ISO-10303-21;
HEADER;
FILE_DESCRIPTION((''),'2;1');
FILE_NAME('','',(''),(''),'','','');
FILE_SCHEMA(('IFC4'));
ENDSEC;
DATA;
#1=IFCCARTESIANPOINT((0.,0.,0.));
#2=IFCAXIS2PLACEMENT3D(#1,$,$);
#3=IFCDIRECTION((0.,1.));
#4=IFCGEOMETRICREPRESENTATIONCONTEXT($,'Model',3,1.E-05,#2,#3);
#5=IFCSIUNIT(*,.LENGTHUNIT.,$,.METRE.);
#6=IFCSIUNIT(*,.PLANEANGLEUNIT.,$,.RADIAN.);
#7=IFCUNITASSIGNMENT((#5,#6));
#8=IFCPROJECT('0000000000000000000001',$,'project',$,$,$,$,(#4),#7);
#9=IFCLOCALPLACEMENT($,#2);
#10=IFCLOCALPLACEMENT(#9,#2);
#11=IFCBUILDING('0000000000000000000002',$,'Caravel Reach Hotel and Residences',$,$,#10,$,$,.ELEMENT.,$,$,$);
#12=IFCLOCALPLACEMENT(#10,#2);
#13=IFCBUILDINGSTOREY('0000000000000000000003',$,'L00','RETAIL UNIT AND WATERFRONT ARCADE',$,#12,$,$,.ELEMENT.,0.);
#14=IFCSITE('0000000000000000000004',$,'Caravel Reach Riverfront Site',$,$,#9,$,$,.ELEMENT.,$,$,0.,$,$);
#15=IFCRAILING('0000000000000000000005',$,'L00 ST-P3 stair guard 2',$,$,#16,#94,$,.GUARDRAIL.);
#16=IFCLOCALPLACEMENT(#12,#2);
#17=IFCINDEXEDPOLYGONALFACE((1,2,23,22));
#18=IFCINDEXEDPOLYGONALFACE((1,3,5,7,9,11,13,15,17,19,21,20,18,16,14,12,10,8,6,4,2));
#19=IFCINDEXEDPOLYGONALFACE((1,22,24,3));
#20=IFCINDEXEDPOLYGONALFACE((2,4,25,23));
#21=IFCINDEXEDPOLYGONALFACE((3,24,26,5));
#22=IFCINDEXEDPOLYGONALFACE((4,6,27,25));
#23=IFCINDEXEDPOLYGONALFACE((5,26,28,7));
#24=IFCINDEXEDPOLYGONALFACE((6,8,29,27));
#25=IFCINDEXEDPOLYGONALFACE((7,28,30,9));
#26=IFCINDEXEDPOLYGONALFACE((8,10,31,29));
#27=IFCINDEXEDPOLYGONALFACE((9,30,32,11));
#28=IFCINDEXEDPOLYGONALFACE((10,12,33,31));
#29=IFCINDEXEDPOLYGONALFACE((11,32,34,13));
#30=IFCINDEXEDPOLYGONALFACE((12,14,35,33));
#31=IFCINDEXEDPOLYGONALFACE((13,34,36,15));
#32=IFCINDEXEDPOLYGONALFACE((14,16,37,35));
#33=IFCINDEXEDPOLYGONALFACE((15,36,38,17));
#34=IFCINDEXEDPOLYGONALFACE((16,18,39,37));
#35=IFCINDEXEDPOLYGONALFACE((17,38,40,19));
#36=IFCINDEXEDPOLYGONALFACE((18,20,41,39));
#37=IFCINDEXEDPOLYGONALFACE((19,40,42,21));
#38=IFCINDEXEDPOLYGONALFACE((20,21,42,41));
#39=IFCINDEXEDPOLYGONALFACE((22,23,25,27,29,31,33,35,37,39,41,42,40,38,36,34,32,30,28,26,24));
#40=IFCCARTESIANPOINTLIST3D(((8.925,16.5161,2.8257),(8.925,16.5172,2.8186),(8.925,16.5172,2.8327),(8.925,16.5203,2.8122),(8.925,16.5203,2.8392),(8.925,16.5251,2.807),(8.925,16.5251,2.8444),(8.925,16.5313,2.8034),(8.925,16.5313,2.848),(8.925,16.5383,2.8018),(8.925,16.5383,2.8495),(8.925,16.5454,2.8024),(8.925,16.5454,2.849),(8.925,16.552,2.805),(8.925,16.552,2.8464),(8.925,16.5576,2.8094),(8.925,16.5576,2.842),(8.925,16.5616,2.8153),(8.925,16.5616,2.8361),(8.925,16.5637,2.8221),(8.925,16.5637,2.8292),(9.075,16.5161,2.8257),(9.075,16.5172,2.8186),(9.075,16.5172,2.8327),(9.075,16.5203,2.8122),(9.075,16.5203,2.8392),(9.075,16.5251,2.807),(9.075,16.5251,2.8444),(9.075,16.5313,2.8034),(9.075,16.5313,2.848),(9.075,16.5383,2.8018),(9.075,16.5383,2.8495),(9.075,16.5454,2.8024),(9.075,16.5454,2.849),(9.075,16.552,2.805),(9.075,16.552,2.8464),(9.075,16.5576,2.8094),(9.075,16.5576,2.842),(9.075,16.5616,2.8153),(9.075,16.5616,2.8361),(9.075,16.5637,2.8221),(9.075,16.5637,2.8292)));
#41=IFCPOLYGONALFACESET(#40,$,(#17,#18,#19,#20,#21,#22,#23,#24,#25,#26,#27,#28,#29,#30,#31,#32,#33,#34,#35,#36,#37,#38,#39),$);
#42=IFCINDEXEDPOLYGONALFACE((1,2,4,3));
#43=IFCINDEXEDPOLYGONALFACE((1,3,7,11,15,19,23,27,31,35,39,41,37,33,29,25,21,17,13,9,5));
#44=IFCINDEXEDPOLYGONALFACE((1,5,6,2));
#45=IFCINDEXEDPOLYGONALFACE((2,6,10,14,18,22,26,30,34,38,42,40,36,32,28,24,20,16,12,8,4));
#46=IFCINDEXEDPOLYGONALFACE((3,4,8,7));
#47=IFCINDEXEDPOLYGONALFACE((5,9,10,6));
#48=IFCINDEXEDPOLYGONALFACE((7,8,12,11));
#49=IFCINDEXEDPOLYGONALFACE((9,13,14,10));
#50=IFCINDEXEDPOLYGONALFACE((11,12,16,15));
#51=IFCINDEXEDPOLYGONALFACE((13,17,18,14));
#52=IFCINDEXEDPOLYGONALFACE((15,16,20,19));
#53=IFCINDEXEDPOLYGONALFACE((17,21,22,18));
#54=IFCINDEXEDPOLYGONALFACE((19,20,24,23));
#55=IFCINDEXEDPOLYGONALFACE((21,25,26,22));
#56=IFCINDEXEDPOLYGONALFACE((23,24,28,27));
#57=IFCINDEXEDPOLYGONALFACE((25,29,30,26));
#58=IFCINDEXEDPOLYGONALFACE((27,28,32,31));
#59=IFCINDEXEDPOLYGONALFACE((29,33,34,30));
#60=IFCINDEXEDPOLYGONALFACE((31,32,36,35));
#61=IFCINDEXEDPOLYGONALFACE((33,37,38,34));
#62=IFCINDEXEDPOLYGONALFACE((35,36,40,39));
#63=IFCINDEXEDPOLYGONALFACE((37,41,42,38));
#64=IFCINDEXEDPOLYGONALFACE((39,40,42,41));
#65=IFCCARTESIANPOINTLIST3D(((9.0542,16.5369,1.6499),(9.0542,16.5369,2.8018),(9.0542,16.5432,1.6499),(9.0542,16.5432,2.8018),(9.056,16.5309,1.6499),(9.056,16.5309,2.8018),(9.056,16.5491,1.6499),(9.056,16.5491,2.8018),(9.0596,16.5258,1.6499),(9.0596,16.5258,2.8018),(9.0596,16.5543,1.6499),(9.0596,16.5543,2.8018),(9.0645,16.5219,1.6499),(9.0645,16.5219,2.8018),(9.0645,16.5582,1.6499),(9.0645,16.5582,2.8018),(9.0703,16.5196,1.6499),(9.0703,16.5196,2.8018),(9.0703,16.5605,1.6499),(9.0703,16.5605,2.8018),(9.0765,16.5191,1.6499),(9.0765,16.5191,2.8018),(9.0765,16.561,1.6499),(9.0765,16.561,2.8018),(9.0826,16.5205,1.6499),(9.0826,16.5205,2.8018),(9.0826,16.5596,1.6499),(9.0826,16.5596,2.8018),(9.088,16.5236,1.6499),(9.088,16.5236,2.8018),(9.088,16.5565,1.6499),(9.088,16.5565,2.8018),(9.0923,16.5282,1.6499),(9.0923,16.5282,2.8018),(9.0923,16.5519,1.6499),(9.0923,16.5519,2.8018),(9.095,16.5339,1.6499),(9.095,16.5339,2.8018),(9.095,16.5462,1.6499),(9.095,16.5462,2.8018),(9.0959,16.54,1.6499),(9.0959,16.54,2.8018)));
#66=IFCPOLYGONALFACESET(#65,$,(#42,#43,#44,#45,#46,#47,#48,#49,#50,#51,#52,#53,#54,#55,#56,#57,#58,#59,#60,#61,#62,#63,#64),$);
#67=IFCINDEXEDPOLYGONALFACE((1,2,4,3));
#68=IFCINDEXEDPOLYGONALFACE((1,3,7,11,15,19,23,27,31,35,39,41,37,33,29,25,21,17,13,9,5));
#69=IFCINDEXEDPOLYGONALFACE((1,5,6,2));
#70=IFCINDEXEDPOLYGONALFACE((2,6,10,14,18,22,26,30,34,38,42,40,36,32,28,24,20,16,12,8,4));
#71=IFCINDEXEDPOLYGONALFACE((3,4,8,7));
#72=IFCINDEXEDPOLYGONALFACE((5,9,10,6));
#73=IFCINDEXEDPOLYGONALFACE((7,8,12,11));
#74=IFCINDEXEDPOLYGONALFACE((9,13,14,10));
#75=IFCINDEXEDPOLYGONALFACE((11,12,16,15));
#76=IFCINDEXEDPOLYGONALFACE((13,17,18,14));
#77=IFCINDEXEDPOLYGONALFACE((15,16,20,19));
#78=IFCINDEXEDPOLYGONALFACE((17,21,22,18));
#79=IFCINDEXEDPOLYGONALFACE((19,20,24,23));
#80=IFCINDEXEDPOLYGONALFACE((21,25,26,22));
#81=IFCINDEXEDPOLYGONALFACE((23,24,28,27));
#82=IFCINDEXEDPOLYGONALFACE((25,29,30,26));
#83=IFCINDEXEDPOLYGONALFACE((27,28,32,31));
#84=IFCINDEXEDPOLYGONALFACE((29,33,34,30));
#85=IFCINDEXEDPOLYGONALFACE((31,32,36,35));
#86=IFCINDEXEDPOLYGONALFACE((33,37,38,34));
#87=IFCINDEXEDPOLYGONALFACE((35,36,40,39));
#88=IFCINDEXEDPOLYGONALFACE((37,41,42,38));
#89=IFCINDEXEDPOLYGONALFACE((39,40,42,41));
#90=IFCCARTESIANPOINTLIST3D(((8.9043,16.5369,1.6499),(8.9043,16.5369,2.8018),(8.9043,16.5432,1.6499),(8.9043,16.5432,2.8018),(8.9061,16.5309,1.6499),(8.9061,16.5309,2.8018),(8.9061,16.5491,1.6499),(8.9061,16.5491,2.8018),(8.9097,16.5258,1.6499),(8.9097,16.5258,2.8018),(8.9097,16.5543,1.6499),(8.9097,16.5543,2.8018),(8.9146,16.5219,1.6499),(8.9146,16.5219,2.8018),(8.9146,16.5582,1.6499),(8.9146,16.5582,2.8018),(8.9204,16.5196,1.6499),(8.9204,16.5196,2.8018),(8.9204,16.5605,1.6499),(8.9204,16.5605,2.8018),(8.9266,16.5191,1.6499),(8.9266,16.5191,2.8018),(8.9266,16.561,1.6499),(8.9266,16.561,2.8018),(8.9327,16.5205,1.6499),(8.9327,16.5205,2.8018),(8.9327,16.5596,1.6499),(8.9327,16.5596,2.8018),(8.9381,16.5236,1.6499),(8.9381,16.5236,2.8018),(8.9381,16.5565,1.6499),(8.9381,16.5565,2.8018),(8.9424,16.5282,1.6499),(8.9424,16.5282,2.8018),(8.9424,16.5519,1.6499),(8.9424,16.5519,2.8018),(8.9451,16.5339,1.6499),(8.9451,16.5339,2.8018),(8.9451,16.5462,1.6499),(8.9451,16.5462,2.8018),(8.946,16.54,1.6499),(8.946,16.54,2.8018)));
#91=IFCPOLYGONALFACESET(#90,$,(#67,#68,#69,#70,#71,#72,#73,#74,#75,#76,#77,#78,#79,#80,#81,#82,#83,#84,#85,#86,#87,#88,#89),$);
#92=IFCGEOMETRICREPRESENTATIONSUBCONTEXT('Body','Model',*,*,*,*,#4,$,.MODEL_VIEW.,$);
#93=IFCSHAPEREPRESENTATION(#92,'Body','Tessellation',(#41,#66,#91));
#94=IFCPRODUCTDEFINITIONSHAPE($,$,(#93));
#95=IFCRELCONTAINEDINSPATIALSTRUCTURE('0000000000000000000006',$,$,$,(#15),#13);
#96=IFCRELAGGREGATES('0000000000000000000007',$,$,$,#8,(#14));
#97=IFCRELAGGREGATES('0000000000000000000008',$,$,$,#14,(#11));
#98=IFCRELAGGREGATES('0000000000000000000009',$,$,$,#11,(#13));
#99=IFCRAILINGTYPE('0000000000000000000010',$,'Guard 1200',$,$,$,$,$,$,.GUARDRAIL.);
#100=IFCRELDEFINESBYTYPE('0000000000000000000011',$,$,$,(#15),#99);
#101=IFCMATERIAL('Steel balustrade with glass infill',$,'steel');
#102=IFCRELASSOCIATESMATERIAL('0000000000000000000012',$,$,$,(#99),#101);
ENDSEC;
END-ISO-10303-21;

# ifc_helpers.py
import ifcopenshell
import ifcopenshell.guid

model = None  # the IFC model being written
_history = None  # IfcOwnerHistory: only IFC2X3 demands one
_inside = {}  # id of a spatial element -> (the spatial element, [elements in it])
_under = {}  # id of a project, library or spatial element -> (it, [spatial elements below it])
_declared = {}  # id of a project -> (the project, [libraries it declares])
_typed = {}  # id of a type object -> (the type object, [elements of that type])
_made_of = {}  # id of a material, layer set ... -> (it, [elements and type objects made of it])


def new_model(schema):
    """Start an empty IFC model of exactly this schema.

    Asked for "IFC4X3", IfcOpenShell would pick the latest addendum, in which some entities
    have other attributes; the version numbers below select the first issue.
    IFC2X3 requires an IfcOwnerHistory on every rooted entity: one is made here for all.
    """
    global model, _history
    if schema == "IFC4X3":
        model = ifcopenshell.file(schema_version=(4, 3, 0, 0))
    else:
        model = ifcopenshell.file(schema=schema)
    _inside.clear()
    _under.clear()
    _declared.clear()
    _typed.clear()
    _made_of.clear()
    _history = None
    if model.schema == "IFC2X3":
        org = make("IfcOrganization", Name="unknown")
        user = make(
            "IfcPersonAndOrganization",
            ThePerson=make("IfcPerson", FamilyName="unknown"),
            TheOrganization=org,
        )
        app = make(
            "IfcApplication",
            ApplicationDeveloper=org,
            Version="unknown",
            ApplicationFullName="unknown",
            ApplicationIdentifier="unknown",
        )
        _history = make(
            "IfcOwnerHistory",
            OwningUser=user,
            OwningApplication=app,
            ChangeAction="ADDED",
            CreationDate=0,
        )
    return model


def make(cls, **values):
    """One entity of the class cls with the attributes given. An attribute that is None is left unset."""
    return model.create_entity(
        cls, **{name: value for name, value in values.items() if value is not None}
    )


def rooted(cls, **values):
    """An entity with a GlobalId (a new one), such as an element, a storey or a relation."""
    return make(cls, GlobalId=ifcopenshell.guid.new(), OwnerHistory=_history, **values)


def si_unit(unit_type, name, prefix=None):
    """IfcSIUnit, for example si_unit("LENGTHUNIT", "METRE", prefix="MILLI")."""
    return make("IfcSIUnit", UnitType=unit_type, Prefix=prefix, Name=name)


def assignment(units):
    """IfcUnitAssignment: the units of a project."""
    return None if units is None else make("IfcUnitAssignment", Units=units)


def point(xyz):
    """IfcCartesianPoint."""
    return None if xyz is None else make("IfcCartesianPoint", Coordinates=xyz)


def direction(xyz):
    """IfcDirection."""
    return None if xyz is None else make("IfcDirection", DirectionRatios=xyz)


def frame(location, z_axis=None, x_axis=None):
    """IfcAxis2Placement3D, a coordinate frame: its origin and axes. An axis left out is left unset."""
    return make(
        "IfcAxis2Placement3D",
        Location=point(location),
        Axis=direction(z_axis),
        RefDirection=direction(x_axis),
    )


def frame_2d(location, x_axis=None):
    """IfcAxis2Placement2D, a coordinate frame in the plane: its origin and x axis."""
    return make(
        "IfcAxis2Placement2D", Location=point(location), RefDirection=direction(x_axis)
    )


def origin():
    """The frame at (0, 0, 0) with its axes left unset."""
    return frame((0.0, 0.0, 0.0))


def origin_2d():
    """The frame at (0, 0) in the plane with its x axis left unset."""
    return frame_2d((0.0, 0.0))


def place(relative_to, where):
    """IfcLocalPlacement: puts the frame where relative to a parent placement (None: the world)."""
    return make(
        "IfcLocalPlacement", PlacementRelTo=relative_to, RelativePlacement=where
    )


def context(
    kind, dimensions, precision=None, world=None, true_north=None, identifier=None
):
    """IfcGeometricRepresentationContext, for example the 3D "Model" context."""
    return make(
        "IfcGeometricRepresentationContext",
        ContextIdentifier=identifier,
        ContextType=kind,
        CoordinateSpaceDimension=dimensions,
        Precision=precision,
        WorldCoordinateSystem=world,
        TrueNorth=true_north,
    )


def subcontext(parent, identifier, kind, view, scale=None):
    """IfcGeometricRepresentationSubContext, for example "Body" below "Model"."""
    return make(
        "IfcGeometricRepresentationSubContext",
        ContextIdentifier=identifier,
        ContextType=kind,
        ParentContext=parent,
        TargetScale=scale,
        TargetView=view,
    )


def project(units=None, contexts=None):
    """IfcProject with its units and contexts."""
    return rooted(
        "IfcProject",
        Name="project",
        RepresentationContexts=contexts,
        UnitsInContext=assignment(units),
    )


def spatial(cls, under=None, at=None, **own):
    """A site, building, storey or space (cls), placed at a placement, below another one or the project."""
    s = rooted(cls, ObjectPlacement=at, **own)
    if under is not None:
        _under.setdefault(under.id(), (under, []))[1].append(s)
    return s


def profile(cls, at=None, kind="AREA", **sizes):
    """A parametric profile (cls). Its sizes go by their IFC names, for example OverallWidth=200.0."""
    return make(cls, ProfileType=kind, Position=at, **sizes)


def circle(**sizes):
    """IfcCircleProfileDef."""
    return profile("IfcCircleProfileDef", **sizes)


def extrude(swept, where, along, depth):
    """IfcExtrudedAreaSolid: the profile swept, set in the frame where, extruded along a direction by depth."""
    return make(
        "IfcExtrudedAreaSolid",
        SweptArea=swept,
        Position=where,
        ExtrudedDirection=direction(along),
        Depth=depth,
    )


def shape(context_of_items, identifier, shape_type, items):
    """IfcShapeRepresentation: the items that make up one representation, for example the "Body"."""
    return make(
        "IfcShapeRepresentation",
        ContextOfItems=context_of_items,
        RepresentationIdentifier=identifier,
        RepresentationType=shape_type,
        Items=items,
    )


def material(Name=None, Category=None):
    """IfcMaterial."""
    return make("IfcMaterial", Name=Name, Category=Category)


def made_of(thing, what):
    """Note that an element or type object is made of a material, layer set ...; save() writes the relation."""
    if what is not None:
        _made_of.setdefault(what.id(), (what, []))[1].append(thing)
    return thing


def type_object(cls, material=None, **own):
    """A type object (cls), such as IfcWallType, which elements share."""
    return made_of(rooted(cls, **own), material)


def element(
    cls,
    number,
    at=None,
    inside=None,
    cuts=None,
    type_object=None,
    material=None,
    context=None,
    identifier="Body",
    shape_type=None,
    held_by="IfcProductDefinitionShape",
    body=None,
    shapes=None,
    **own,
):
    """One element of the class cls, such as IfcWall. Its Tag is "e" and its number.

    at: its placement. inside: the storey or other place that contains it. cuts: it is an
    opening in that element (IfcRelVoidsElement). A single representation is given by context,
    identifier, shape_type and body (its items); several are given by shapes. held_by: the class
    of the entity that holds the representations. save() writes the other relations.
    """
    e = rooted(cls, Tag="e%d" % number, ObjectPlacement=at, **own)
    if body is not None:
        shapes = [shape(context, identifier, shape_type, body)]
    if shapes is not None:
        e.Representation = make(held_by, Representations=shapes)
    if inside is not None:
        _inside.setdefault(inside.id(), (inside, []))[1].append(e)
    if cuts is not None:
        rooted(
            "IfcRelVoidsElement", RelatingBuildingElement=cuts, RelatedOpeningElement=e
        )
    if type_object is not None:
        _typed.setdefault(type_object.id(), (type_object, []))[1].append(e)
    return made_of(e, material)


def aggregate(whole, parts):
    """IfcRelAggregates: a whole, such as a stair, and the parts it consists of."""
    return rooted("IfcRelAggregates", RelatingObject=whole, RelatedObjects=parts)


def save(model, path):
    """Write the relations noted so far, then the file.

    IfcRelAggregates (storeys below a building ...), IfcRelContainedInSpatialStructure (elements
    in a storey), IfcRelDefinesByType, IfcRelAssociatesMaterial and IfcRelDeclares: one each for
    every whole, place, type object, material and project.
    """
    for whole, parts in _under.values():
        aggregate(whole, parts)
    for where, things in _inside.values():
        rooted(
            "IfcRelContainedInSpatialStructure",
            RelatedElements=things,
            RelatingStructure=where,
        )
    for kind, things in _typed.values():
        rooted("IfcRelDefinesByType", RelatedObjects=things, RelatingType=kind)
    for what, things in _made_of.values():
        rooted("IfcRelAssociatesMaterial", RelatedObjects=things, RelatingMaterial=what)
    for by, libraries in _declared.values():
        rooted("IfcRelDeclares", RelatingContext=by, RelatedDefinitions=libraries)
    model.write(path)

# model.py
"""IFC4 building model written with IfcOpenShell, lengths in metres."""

from ifc_helpers import new_model, si_unit, direction, frame, origin, origin_2d, place, context, subcontext, project, spatial, circle, extrude, material, type_object, element, save


model = new_model("IFC4")

# Units and contexts
model_context = context("Model", 3, precision=1e-05, world=origin(), true_north=direction((0.0, 1.0)))
body_context = subcontext(model_context, "Body", "Model", "MODEL_VIEW")
ifc_project = project(units=[si_unit("LENGTHUNIT", "METRE"), si_unit("PLANEANGLEUNIT", "RADIAN")], contexts=[model_context])

# Site, building, storey
site_placement = place(None, origin())
site = spatial("IfcSite", under=ifc_project, at=site_placement, Name="Caravel Reach Riverfront Site", CompositionType="ELEMENT", RefElevation=0.0)
building_placement = place(site_placement, origin())
building = spatial("IfcBuilding", under=site, at=building_placement, Name="Caravel Reach Hotel and Residences", CompositionType="ELEMENT")
storey_placement = place(building_placement, origin())
storey = spatial("IfcBuildingStorey", under=building, at=storey_placement, Name="L00", Description="RETAIL UNIT AND WATERFRONT ARCADE", CompositionType="ELEMENT", Elevation=0.0)

# Railing
ifc_material_1 = material(Name="Steel balustrade with glass infill", Category="steel")
railing_type_1 = type_object("IfcRailingType", Name="Guard 1200", PredefinedType="GUARDRAIL", material=ifc_material_1)
railing_1_placement = place(storey_placement, frame((9.075, 16.54, 1.6499)))
element("IfcRailing", 1, at=railing_1_placement, inside=storey, type_object=railing_type_1, Name="L00 ST-P3 stair guard 2", PredefinedType="GUARDRAIL", context=body_context, shape_type="SweptSolid", body=[
    extrude(circle(Radius=0.0239, at=origin_2d()), frame((0.0, 0.0, 1.1758), z_axis=(-1.0, 0.0, 0.0), x_axis=(0.0, -1.0, 0.0)), (0.0, 0.0, 1.0), 0.1499),
    extrude(circle(Radius=0.021, at=origin_2d()), origin(), (0.0, 0.0, 1.0), 1.1519),
    extrude(circle(Radius=0.021, at=origin_2d()), frame((-0.1499, 0.0, 0.0)), (0.0, 0.0, 1.0), 1.1519),
])

save(model, "model.ifc")
